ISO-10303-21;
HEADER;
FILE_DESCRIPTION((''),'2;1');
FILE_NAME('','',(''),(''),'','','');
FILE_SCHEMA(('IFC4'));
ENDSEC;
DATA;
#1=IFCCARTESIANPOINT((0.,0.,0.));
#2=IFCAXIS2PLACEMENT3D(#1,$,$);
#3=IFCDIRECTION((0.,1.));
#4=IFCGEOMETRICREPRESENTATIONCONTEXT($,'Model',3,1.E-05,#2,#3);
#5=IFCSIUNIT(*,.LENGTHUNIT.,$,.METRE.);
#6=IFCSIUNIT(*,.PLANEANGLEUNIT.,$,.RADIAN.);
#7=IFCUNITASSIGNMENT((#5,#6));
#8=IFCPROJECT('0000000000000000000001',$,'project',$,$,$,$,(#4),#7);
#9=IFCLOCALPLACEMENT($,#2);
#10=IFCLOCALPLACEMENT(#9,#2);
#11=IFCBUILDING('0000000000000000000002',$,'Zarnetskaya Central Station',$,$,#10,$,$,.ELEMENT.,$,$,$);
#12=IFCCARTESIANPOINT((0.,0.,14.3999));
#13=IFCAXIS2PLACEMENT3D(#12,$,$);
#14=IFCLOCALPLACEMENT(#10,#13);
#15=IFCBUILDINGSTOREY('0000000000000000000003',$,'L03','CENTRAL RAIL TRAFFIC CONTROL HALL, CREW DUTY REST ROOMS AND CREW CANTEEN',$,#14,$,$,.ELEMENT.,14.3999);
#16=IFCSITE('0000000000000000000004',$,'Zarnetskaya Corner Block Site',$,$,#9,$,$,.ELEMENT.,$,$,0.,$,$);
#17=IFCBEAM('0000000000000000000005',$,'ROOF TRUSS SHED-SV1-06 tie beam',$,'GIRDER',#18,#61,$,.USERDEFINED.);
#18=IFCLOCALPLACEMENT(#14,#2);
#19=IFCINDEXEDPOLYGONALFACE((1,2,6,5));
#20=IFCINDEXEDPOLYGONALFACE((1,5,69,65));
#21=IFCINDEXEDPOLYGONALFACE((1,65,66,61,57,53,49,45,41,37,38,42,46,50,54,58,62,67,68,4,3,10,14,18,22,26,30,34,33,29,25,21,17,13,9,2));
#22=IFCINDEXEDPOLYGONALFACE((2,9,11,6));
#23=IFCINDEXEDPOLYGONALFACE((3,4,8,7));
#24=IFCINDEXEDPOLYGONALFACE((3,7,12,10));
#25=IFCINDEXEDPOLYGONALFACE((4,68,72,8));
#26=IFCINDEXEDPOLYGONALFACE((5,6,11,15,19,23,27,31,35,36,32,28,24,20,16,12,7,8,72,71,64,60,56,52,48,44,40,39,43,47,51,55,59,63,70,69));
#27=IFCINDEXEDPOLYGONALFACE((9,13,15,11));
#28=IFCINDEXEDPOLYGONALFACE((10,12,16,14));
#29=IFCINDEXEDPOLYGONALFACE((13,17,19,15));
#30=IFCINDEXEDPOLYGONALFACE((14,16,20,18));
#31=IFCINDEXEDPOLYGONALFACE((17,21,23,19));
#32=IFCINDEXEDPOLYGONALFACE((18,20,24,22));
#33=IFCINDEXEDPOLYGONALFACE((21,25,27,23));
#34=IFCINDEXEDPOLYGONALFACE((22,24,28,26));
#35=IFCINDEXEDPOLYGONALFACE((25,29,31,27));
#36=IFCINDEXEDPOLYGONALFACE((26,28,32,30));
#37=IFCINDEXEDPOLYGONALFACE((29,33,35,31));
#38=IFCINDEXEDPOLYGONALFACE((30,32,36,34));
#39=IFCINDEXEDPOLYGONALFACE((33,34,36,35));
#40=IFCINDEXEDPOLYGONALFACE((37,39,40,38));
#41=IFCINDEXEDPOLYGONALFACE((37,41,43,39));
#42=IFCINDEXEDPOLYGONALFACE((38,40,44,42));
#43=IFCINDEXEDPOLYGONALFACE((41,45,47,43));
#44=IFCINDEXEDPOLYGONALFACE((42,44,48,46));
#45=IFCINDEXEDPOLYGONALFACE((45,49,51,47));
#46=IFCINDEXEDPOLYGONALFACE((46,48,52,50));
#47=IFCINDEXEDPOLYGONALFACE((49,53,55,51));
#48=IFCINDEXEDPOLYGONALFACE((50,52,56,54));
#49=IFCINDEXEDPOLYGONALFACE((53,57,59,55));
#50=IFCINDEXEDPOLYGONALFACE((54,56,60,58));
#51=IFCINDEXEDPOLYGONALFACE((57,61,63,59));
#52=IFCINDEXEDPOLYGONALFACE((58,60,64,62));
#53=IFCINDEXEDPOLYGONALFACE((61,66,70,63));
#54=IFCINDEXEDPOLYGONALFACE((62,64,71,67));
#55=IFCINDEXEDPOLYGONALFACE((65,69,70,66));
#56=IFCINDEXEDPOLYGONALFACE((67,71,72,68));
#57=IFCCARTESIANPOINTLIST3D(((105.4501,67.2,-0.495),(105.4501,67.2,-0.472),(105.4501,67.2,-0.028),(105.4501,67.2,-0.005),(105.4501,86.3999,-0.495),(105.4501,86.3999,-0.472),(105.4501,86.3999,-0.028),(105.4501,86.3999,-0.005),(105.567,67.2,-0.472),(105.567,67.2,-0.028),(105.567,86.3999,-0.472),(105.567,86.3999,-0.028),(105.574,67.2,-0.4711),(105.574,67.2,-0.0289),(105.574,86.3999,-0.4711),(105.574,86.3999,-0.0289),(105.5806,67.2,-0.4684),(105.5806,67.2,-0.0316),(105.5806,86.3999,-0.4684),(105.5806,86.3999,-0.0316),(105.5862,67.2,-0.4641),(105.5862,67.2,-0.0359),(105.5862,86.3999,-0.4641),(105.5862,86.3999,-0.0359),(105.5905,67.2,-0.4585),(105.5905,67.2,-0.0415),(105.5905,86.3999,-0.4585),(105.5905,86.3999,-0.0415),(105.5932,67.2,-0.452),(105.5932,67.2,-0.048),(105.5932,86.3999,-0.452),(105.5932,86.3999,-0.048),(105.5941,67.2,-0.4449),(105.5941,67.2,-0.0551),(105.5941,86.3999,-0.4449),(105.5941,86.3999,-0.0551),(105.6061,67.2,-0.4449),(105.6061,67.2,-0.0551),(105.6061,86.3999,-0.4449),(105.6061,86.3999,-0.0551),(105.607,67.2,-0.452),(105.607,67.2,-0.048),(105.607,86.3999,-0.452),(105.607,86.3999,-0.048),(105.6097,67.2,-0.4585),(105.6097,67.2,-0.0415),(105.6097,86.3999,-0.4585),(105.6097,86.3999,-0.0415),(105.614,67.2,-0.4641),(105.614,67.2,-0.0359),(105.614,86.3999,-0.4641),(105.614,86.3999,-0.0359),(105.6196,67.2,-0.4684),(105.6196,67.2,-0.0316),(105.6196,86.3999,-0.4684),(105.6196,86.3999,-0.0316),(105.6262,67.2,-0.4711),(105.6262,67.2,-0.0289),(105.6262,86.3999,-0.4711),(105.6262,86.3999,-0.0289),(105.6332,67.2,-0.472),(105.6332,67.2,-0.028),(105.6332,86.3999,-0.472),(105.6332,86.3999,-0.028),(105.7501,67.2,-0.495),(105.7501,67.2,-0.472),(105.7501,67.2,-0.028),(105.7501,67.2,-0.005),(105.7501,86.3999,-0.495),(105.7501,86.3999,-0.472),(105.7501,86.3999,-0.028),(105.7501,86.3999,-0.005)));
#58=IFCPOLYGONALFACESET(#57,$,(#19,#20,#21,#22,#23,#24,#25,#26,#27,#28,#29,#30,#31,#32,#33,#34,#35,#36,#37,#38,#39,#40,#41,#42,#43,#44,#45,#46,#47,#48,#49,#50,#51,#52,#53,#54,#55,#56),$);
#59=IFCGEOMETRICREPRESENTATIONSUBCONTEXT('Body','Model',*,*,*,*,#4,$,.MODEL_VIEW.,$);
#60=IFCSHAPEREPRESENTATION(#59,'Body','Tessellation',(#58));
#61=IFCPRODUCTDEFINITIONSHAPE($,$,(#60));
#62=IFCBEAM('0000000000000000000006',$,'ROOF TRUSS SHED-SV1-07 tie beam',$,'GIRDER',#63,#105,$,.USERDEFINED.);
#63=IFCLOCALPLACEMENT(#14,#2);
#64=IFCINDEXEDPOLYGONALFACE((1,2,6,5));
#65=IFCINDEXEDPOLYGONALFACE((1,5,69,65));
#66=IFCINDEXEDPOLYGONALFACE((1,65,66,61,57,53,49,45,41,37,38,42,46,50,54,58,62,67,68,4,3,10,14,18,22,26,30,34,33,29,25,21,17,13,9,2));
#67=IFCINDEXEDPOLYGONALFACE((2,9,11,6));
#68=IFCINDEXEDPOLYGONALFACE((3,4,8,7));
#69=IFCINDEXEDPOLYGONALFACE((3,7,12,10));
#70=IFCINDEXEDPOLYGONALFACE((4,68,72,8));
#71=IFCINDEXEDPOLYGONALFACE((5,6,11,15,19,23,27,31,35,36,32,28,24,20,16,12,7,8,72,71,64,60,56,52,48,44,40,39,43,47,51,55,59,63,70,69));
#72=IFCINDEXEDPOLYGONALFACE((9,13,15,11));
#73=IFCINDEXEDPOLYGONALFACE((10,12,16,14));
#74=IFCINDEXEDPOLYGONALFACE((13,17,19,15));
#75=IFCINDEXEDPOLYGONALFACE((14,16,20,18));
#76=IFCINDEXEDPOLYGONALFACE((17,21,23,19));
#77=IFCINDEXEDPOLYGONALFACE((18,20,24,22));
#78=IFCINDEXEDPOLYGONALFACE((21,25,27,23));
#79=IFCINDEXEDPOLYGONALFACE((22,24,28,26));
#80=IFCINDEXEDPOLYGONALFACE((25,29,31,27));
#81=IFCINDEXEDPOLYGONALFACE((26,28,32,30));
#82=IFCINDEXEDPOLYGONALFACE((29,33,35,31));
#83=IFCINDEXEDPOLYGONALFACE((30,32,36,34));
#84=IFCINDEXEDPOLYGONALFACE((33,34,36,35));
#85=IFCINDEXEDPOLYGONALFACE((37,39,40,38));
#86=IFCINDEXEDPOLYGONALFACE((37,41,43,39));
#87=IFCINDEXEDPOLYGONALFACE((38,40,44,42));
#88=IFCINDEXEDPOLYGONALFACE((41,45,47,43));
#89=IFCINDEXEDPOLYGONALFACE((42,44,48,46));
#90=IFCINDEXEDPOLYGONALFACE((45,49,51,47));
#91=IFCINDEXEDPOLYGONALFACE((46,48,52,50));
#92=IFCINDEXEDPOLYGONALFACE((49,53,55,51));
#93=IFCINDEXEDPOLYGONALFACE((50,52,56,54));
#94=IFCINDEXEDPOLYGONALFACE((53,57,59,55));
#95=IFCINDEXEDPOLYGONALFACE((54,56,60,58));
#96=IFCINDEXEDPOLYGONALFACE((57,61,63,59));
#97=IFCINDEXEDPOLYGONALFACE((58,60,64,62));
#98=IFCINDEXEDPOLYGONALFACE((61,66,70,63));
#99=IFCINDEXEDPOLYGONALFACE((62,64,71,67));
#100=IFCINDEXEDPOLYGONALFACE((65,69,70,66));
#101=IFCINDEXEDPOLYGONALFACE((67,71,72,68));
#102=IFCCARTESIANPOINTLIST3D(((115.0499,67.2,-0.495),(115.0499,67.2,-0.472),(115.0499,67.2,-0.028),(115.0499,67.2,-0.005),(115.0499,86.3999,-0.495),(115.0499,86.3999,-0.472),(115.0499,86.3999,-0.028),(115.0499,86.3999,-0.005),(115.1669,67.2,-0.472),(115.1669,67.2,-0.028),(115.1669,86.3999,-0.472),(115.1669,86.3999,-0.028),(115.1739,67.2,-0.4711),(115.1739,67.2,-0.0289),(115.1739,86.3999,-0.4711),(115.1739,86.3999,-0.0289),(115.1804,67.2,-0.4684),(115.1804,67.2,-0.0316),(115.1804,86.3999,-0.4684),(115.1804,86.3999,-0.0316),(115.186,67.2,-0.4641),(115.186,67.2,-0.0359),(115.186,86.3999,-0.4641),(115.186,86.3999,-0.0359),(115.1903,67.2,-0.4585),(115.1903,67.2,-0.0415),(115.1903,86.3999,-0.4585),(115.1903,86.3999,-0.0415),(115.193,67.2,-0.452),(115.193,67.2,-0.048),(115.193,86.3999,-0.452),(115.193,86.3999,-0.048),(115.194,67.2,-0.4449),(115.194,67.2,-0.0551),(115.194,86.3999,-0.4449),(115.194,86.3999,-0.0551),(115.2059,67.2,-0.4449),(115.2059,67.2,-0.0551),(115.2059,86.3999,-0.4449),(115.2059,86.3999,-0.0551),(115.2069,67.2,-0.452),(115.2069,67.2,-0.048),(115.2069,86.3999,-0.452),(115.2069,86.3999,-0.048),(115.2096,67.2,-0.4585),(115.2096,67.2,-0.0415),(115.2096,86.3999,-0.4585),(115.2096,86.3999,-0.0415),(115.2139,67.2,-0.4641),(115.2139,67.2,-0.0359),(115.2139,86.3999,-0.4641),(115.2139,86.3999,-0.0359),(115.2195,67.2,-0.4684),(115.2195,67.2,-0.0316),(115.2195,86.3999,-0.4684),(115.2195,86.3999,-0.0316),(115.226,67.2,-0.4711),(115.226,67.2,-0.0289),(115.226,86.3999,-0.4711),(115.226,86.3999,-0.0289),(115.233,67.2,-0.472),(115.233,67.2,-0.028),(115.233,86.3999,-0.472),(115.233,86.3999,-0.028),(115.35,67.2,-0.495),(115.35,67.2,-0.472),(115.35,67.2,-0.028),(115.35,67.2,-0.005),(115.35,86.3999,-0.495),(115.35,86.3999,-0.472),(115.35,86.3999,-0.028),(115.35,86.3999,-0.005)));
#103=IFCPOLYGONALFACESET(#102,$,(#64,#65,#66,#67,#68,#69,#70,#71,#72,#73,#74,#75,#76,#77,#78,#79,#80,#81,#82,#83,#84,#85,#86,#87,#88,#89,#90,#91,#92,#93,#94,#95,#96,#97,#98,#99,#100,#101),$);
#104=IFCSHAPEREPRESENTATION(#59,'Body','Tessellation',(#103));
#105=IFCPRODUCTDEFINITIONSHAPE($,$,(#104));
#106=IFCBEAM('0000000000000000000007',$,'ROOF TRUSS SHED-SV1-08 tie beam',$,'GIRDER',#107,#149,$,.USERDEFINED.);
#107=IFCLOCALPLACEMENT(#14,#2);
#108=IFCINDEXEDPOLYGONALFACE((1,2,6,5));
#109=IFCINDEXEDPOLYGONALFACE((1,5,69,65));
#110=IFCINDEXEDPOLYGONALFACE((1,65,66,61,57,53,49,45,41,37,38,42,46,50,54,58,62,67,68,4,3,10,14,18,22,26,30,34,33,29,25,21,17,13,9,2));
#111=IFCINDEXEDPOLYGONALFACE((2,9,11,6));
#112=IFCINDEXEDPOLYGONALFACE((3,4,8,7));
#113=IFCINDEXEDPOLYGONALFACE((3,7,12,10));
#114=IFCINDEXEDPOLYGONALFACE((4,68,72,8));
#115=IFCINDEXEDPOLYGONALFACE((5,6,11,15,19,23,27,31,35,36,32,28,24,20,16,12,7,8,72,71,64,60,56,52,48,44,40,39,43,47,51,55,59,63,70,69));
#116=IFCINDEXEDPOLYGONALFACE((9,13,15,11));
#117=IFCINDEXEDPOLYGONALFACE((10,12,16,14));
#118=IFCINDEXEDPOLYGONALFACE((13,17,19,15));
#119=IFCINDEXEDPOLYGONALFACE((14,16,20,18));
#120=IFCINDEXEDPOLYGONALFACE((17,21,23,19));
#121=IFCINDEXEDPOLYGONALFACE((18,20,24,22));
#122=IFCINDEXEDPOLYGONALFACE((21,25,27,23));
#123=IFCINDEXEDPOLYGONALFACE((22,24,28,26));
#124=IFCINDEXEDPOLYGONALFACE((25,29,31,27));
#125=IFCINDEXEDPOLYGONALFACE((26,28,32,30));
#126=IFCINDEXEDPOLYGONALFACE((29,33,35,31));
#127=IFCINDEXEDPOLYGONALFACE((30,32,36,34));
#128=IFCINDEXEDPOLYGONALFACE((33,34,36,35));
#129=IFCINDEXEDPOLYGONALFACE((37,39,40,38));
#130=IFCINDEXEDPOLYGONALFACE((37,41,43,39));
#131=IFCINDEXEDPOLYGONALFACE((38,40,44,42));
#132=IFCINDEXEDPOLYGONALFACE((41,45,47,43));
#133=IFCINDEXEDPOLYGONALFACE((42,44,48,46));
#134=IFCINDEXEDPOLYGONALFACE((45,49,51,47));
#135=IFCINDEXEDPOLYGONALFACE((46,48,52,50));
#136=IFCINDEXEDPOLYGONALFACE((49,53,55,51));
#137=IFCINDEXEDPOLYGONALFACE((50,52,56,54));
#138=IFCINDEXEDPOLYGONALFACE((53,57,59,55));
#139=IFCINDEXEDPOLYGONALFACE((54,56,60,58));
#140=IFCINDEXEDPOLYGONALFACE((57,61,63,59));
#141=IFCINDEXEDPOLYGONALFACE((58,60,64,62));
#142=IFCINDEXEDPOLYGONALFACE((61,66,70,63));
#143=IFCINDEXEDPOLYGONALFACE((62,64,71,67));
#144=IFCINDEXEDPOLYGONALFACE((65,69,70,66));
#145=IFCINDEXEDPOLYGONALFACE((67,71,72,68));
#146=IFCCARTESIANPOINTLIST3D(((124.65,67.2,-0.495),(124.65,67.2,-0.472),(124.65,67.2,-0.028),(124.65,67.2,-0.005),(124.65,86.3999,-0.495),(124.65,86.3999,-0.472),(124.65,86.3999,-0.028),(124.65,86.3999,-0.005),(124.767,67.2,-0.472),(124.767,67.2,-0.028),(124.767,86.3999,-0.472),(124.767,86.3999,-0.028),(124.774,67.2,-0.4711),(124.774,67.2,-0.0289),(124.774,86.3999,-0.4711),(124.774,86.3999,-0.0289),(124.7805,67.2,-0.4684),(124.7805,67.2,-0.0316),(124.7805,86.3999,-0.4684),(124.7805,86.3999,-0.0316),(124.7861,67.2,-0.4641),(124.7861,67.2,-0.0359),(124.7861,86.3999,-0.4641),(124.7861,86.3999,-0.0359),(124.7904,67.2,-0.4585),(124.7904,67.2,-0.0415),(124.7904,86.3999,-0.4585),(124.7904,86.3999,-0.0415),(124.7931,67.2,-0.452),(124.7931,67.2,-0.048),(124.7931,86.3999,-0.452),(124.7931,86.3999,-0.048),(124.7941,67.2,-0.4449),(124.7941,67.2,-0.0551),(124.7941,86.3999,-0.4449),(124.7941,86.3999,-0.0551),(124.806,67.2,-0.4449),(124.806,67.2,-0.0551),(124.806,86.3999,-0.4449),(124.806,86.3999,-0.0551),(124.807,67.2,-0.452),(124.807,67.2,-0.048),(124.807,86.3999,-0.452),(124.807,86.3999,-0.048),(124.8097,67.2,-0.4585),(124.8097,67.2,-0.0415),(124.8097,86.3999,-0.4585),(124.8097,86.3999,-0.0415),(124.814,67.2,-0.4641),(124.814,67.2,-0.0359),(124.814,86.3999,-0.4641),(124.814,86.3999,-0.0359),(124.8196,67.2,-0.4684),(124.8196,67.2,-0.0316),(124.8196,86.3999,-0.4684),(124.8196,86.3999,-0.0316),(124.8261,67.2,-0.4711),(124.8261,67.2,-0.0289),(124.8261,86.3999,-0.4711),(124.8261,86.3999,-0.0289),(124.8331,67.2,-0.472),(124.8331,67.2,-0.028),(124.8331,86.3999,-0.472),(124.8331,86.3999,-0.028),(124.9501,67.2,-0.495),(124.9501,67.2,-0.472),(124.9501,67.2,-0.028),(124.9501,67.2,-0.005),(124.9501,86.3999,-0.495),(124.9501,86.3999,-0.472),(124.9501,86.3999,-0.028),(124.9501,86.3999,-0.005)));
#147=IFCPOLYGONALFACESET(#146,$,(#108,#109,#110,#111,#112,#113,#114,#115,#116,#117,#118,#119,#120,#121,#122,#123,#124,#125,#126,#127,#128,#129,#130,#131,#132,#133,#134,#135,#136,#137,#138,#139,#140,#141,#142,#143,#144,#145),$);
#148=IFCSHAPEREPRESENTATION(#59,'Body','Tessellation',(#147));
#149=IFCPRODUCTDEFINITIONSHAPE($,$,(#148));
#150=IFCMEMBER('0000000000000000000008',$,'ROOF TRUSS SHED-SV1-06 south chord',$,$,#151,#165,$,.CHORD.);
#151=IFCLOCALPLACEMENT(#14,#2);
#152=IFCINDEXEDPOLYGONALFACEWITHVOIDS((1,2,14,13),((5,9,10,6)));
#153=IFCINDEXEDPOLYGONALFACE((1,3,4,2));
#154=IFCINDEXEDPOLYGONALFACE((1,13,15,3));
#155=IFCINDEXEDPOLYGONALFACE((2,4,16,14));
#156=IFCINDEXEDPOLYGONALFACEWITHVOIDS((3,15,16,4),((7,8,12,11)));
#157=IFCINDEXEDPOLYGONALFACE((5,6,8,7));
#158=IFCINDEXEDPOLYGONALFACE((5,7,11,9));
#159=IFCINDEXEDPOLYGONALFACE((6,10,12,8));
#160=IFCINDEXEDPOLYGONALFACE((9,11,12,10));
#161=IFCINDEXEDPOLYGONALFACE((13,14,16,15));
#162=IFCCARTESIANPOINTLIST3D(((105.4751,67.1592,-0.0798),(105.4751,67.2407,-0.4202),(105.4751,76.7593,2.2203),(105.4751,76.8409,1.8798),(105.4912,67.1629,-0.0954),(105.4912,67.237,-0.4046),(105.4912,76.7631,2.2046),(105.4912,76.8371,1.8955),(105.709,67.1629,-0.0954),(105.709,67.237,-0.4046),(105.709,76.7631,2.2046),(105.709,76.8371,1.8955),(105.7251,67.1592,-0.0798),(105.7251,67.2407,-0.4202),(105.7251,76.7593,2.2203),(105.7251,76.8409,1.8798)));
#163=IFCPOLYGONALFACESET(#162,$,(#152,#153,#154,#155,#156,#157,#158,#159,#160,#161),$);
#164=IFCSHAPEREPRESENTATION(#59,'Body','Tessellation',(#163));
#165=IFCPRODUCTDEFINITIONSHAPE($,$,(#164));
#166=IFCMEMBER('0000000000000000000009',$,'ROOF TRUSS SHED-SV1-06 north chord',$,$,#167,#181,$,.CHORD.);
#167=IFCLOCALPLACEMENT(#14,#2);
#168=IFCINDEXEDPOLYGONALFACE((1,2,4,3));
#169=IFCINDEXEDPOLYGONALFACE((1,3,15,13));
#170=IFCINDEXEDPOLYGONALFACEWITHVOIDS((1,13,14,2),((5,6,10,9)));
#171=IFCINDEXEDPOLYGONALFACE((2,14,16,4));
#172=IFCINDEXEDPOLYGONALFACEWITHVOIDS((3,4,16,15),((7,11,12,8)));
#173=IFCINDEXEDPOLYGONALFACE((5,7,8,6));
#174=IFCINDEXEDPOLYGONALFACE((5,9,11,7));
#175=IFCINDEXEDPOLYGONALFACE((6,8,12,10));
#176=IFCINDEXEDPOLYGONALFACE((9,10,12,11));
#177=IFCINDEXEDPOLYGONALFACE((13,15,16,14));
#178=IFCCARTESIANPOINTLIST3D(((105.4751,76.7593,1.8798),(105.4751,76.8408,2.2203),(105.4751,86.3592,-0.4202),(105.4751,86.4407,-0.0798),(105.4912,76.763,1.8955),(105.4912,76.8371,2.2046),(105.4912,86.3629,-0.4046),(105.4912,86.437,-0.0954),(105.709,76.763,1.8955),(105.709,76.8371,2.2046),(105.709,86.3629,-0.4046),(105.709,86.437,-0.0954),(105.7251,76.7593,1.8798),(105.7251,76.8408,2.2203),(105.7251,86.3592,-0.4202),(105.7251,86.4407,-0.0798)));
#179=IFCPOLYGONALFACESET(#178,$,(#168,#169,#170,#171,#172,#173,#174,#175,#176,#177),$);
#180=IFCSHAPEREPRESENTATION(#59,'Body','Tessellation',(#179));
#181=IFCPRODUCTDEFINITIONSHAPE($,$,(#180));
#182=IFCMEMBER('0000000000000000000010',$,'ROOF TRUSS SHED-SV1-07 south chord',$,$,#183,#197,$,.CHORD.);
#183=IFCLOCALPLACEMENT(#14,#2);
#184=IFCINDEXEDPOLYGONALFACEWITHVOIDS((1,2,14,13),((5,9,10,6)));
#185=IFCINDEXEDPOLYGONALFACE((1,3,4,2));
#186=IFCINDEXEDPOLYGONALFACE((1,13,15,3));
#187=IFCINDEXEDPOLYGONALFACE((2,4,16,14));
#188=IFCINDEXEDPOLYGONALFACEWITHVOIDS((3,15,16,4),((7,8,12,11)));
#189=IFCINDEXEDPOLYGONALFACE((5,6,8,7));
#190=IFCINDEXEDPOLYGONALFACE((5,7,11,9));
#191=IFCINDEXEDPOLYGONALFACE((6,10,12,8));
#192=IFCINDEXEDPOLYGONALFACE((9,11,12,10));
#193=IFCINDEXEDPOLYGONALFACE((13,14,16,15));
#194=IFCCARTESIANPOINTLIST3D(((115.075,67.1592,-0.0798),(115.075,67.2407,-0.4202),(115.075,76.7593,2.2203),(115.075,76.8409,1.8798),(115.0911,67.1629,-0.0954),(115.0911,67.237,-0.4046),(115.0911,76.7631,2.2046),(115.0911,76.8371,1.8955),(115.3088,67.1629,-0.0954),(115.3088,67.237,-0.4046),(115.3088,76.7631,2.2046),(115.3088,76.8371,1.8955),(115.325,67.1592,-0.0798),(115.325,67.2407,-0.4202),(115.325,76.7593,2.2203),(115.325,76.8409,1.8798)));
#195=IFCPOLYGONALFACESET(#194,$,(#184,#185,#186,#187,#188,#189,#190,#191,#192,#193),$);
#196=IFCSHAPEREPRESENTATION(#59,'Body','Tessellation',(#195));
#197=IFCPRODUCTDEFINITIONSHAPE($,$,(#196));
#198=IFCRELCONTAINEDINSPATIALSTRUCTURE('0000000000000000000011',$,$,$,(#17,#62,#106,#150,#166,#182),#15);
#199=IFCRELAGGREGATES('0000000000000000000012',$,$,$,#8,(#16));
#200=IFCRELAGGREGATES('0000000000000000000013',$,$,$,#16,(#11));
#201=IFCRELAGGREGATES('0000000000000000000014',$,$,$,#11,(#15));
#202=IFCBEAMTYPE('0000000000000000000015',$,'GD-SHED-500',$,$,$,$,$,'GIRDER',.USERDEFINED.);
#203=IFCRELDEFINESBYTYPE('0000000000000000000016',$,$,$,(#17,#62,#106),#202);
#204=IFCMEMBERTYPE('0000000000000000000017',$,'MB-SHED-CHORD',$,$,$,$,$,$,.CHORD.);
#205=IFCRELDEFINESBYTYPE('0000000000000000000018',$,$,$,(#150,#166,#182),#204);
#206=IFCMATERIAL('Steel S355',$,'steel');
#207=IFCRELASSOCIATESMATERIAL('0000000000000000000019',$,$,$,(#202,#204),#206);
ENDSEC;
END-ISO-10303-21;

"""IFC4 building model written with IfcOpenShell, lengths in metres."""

from ifc_helpers import new_model, si_unit, direction, frame, origin, origin_2d, place, context, subcontext, project, spatial, hollow_rectangle, i_section, extrude, material, material_profile, profile_set, type_object, element, save


model = new_model("IFC4")

# Units and contexts
model_context = context("Model", 3, precision=1e-05, world=origin(), true_north=direction((0.0, 1.0)))
body_context = subcontext(model_context, "Body", "Model", "MODEL_VIEW")
ifc_project = project(units=[si_unit("LENGTHUNIT", "METRE"), si_unit("PLANEANGLEUNIT", "RADIAN")], contexts=[model_context])

# Site, building, storey
site_placement = place(None, origin())
site = spatial("IfcSite", under=ifc_project, at=site_placement, Name="Zarnetskaya Corner Block Site", CompositionType="ELEMENT", RefElevation=0.0)
building_placement = place(site_placement, origin())
building = spatial("IfcBuilding", under=site, at=building_placement, Name="Zarnetskaya Central Station", CompositionType="ELEMENT")
storey_placement = place(building_placement, frame((0.0, 0.0, 14.3999)))
storey = spatial("IfcBuildingStorey", under=building, at=storey_placement, Name="L03", Description="CENTRAL RAIL TRAFFIC CONTROL HALL, CREW DUTY REST ROOMS AND CREW CANTEEN", CompositionType="ELEMENT", Elevation=14.3999)

# Beams
ifc_material_1 = material(Name="Steel S355", Category="steel")
ifc_material_profile_1 = material_profile(ifc_material_1, i_section(OverallWidth=0.3, OverallDepth=0.49, WebThickness=0.012, FlangeThickness=0.0229, FilletRadius=0.0271, at=origin_2d()), Name="HEA 500")
ifc_profile_set_1 = profile_set([ifc_material_profile_1], Name="Steel S355")
beam_type = type_object("IfcBeamType", Name="GD-SHED-500", ElementType="GIRDER", PredefinedType="USERDEFINED", material=ifc_profile_set_1)
for number, where, z_axis, x_axis, name in (
    (1, (105.6001, 67.2, -0.25), (0.0, 1.0, 0.0), (-1.0, 0.0, 0.0), "ROOF TRUSS SHED-SV1-06 tie beam"),
    (2, (115.2, 67.2, -0.25), (0.0, 1.0, 0.0), (-1.0, 0.0, 0.0), "ROOF TRUSS SHED-SV1-07 tie beam"),
    (3, (124.8, 67.2, -0.25), (0.0, 1.0, 0.0), (-1.0, 0.0, 0.0), "ROOF TRUSS SHED-SV1-08 tie beam"),
):
    element("IfcBeam", number, at=place(storey_placement, frame(where, z_axis=z_axis, x_axis=x_axis)), inside=storey, type_object=beam_type, Name=name, ObjectType="GIRDER", PredefinedType="USERDEFINED", context=body_context, shape_type="SweptSolid", body=[
        extrude(i_section(OverallWidth=0.3, OverallDepth=0.49, WebThickness=0.012, FlangeThickness=0.0229, FilletRadius=0.0271, at=origin_2d()), origin(), (0.0, 0.0, 1.0), 19.2),
    ])

# Members
ifc_material_profile_2 = material_profile(ifc_material_1, hollow_rectangle(XDim=0.25, YDim=0.3501, WallThickness=0.0161, at=origin_2d()), Name="RHS 350x250x16")
ifc_profile_set_2 = profile_set([ifc_material_profile_2], Name="Steel S355")
member_type_1 = type_object("IfcMemberType", Name="MB-SHED-CHORD", PredefinedType="CHORD", material=ifc_profile_set_2)
member_1_placement = place(storey_placement, frame((105.6001, 67.2, -0.25), z_axis=(0.0, 0.972479, 0.232992), x_axis=(-1.0, 0.0, 0.0)))
element("IfcMember", 4, at=member_1_placement, inside=storey, type_object=member_type_1, Name="ROOF TRUSS SHED-SV1-06 south chord", PredefinedType="CHORD", context=body_context, shape_type="SweptSolid", body=[
    extrude(hollow_rectangle(XDim=0.25, YDim=0.3501, WallThickness=0.0161, at=origin_2d()), origin(), (0.0, 0.0, 1.0), 9.8718),
])
member_2_placement = place(storey_placement, frame((105.6001, 76.8, 2.05), z_axis=(0.0, 0.972477, -0.232998), x_axis=(-1.0, 0.0, 0.0)))
element("IfcMember", 5, at=member_2_placement, inside=storey, type_object=member_type_1, Name="ROOF TRUSS SHED-SV1-06 north chord", PredefinedType="CHORD", context=body_context, shape_type="SweptSolid", body=[
    extrude(hollow_rectangle(XDim=0.25, YDim=0.3501, WallThickness=0.0161, at=origin_2d()), origin(), (0.0, 0.0, 1.0), 9.8716),
])
member_3_placement = place(storey_placement, frame((115.2, 67.2, -0.25), z_axis=(0.0, 0.972479, 0.232992), x_axis=(-1.0, 0.0, 0.0)))
element("IfcMember", 6, at=member_3_placement, inside=storey, type_object=member_type_1, Name="ROOF TRUSS SHED-SV1-07 south chord", PredefinedType="CHORD", context=body_context, shape_type="SweptSolid", body=[
    extrude(hollow_rectangle(XDim=0.25, YDim=0.3501, WallThickness=0.0161, at=origin_2d()), origin(), (0.0, 0.0, 1.0), 9.8718),
])

save(model, "model.ifc")
